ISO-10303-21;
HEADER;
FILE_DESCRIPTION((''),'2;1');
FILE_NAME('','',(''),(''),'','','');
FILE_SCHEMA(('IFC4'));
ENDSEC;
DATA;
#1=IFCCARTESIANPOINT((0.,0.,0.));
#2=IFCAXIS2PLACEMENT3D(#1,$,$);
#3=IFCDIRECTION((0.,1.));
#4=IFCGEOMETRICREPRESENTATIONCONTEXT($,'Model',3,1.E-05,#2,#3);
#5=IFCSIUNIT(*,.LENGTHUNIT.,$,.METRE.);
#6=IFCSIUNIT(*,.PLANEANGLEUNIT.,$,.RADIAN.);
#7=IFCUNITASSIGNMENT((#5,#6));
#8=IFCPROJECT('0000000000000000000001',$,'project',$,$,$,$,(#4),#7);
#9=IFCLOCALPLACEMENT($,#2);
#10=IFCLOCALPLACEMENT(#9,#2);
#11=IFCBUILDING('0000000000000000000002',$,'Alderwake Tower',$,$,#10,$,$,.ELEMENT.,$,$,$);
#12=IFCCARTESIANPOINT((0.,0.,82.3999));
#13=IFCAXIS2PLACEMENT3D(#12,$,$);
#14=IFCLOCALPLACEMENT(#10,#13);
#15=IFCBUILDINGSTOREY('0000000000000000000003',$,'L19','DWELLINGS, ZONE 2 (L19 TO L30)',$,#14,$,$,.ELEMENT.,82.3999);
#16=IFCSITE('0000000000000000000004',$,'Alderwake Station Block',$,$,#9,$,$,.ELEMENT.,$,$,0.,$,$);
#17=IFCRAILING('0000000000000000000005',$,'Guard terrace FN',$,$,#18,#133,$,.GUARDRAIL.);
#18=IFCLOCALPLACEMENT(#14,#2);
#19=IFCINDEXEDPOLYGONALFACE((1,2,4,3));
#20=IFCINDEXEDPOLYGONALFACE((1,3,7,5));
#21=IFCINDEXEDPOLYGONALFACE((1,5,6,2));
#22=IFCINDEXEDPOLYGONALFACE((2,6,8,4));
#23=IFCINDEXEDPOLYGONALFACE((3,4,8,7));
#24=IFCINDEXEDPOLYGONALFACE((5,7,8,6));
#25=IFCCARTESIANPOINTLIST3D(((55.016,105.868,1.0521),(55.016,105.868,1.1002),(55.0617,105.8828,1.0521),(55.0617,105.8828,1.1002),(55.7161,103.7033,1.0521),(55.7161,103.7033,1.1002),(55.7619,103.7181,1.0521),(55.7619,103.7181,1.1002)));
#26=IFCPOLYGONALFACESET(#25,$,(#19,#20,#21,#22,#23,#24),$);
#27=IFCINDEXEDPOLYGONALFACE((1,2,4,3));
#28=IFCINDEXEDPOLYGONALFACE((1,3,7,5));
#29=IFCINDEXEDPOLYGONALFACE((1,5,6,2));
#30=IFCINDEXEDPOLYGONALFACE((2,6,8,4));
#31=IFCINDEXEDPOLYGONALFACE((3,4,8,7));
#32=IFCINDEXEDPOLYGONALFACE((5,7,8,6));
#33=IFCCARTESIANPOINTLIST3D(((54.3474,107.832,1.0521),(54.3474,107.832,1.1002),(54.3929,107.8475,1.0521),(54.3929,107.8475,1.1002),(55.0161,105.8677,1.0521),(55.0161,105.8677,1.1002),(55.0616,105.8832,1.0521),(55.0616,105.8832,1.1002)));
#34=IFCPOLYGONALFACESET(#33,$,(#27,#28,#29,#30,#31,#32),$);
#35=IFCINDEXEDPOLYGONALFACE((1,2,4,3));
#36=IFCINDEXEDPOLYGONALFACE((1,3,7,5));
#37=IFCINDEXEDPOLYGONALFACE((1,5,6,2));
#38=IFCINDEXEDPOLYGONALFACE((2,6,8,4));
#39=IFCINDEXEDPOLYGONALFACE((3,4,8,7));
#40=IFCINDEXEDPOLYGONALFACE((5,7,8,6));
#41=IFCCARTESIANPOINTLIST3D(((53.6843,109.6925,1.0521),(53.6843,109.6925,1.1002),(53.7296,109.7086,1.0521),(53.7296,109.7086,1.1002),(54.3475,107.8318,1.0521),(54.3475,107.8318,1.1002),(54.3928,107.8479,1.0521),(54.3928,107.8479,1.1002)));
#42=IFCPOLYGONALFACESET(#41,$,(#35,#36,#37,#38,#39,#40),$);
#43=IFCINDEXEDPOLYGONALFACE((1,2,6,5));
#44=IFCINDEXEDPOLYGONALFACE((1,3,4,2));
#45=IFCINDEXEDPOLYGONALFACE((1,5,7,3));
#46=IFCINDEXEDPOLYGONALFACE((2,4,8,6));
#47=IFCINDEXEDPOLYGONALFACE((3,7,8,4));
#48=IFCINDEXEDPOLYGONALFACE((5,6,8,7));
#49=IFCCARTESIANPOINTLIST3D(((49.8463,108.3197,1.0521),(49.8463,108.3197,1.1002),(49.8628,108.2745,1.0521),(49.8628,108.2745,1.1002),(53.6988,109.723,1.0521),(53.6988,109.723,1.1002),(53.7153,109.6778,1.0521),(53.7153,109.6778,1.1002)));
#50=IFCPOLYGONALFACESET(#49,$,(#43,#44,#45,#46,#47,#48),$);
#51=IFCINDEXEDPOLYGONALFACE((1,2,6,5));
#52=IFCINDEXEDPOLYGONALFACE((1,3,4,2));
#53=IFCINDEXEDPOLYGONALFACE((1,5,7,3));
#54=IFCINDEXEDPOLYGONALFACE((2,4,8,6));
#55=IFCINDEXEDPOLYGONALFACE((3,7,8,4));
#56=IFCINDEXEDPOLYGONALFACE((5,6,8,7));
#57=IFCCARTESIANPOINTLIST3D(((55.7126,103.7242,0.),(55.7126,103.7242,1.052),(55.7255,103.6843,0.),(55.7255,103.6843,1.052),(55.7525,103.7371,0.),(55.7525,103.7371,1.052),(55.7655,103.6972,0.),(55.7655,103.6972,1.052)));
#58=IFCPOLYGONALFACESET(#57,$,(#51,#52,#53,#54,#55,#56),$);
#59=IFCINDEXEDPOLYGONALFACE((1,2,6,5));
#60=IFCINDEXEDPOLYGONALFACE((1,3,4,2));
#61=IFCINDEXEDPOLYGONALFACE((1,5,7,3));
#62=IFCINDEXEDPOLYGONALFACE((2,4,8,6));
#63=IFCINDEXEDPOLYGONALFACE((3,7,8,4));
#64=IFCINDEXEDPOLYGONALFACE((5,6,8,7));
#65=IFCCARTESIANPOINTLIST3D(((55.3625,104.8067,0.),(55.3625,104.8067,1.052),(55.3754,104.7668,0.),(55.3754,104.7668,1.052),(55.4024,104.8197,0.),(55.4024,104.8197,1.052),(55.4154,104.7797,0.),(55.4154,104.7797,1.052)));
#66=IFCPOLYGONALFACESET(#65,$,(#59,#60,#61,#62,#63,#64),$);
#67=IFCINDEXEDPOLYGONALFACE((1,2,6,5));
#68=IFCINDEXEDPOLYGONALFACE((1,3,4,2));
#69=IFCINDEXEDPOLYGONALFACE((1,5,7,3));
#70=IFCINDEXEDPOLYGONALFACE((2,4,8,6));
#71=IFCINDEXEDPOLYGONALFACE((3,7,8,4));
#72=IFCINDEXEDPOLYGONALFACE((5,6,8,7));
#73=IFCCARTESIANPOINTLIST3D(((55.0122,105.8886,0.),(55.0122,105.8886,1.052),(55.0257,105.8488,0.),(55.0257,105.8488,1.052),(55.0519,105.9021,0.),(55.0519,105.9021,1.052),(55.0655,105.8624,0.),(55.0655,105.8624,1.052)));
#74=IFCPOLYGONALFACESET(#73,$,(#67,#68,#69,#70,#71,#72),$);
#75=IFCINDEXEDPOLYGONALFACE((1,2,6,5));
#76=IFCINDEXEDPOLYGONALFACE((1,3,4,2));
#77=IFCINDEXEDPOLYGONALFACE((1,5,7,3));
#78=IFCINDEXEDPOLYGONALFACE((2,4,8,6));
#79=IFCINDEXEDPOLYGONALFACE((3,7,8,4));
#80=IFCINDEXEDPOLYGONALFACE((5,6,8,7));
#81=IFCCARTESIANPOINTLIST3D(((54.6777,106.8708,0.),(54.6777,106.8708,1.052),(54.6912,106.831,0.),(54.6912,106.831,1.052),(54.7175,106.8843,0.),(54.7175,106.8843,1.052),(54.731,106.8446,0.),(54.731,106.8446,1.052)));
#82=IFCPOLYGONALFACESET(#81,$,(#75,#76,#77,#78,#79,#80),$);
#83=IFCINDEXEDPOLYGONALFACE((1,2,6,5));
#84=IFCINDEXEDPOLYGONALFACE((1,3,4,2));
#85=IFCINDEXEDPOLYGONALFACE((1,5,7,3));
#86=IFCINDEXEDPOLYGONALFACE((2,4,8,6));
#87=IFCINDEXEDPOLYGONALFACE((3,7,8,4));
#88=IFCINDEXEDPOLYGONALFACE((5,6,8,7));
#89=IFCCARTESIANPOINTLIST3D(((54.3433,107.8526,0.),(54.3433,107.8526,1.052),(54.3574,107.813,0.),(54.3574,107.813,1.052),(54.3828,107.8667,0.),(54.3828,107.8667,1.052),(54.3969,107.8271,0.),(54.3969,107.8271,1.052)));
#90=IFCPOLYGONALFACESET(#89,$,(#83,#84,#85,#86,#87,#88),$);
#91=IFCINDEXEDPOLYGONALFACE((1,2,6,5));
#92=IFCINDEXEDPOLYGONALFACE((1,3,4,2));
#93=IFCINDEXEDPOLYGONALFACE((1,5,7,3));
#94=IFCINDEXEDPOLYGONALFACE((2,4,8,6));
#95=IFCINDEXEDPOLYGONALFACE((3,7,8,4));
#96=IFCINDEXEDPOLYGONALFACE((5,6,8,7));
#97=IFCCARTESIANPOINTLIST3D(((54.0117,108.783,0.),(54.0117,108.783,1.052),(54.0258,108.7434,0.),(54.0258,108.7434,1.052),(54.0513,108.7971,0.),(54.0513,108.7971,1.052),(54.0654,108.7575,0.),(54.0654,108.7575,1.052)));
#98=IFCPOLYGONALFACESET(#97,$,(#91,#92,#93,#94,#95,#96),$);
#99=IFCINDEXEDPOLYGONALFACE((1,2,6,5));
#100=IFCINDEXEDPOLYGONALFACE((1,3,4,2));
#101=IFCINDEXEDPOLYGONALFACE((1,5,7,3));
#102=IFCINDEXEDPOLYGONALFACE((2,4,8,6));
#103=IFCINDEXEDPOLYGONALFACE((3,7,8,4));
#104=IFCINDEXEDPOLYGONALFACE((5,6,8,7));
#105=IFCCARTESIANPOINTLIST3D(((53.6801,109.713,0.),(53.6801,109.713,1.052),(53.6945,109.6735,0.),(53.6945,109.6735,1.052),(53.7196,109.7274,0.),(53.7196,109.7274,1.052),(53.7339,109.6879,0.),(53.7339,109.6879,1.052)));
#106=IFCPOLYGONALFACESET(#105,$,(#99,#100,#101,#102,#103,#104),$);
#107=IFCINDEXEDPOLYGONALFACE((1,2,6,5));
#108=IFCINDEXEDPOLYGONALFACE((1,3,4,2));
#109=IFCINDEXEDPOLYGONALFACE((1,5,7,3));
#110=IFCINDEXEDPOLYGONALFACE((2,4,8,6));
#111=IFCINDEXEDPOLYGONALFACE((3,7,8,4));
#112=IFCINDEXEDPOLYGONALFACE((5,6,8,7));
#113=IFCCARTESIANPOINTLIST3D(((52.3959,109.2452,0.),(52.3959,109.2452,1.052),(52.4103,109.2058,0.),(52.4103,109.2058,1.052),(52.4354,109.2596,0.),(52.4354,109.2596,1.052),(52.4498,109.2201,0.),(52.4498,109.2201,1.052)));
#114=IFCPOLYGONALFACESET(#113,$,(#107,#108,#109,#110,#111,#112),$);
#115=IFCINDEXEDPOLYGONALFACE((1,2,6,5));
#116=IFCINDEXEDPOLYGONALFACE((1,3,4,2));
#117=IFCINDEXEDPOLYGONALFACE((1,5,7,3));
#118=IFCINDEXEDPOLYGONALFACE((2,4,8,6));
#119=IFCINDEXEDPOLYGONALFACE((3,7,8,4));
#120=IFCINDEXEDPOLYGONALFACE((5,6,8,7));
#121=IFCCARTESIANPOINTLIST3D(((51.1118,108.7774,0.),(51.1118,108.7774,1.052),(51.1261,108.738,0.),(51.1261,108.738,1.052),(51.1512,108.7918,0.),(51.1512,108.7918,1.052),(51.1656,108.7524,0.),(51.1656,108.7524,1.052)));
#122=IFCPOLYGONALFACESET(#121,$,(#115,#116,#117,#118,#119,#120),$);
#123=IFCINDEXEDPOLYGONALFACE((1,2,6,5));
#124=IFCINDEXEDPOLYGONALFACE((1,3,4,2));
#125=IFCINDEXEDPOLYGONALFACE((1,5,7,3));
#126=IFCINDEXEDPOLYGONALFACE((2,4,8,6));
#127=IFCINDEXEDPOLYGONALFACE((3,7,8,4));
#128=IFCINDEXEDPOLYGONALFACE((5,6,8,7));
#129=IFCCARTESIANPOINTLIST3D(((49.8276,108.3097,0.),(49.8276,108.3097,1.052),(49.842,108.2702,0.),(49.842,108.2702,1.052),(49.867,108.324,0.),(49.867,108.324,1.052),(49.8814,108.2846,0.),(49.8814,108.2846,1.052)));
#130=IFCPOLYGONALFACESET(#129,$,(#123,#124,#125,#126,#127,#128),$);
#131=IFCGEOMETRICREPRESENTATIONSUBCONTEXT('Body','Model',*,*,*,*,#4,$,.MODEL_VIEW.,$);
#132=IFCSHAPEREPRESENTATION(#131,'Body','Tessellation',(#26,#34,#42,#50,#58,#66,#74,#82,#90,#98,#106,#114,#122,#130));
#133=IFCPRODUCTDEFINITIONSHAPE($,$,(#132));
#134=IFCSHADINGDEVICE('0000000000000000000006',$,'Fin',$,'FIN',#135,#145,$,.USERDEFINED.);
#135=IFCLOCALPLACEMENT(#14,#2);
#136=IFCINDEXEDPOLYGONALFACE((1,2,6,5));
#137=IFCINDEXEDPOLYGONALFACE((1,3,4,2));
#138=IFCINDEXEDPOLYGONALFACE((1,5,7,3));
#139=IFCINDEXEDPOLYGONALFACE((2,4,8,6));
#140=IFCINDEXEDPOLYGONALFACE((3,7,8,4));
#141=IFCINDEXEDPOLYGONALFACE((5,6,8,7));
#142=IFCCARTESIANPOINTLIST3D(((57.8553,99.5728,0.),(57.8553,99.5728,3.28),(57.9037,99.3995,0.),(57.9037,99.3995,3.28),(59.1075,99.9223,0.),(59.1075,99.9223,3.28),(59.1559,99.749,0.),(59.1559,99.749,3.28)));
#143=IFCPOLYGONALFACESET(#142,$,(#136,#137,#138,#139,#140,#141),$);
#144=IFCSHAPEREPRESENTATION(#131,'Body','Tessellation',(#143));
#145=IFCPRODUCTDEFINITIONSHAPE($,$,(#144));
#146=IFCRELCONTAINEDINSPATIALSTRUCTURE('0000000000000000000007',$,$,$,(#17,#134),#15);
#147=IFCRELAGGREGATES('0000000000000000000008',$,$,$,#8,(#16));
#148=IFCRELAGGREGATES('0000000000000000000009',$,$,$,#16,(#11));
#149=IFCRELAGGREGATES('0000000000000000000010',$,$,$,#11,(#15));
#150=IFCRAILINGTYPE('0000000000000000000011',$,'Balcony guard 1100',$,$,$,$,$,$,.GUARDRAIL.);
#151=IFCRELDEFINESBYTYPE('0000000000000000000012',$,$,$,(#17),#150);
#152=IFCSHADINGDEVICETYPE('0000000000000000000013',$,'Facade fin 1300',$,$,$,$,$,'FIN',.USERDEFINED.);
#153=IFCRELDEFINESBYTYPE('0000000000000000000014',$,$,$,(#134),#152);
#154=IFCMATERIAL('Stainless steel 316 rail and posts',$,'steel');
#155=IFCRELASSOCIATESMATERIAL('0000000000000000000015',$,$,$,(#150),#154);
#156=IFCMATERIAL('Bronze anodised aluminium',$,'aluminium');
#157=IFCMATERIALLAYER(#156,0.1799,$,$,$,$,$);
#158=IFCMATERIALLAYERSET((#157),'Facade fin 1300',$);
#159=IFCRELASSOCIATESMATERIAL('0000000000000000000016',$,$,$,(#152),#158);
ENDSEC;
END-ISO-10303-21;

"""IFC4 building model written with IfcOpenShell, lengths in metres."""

from ifc_helpers import new_model, si_unit, direction, frame, origin, origin_2d, place, context, subcontext, project, spatial, rectangle, extrude, material, layer, layer_set, type_object, element, save


model = new_model("IFC4")

# Units and contexts
model_context = context("Model", 3, precision=1e-05, world=origin(), true_north=direction((0.0, 1.0)))
body_context = subcontext(model_context, "Body", "Model", "MODEL_VIEW")
ifc_project = project(units=[si_unit("LENGTHUNIT", "METRE"), si_unit("PLANEANGLEUNIT", "RADIAN")], contexts=[model_context])

# Site, building, storey
site_placement = place(None, origin())
site = spatial("IfcSite", under=ifc_project, at=site_placement, Name="Alderwake Station Block", CompositionType="ELEMENT", RefElevation=0.0)
building_placement = place(site_placement, origin())
building = spatial("IfcBuilding", under=site, at=building_placement, Name="Alderwake Tower", CompositionType="ELEMENT")
storey_placement = place(building_placement, frame((0.0, 0.0, 82.3999)))
storey = spatial("IfcBuildingStorey", under=building, at=storey_placement, Name="L19", Description="DWELLINGS, ZONE 2 (L19 TO L30)", CompositionType="ELEMENT", Elevation=82.3999)

# Railing
ifc_material_1 = material(Name="Stainless steel 316 rail and posts", Category="steel")
railing_type = type_object("IfcRailingType", Name="Balcony guard 1100", PredefinedType="GUARDRAIL", material=ifc_material_1)
railing_placement = place(storey_placement, frame((55.739, 103.7107, 0.0)))
element("IfcRailing", 1, at=railing_placement, inside=storey, type_object=railing_type, Name="Guard terrace FN", PredefinedType="GUARDRAIL", context=body_context, shape_type="SweptSolid", body=[
    extrude(rectangle(XDim=0.0481, YDim=0.0481, at=origin_2d()), frame((0.0, 0.0, 1.0762), z_axis=(-0.307749, 0.951468, 0.0), x_axis=(-0.951468, -0.307749, 0.0)), (0.0, 0.0, 1.0), 2.2751),
    extrude(rectangle(XDim=0.0481, YDim=0.0481, at=origin_2d()), frame((-0.7002, 2.1648, 1.0762), z_axis=(-0.322257, 0.946652, 0.0), x_axis=(-0.946652, -0.322257, 0.0)), (0.0, 0.0, 1.0), 2.075),
    extrude(rectangle(XDim=0.0481, YDim=0.0481, at=origin_2d()), frame((-1.3689, 4.1292, 1.0762), z_axis=(-0.335702, 0.941968, 0.0), x_axis=(-0.941968, -0.335702, 0.0)), (0.0, 0.0, 1.0), 1.9753),
    extrude(rectangle(XDim=0.0481, YDim=0.0481, at=origin_2d()), frame((-2.032, 5.9897, 1.0762), z_axis=(-0.939606, -0.342259, 0.0), x_axis=(0.342259, -0.939606, 0.0)), (0.0, 0.0, 1.0), 4.1001),
    extrude(rectangle(XDim=0.042, YDim=0.042, at=origin_2d()), frame((0.0, 0.0, 0.0), z_axis=(0.0, 0.0, 1.0), x_axis=(-0.307749, 0.951468, 0.0)), (0.0, 0.0, 1.0), 1.052),
    extrude(rectangle(XDim=0.042, YDim=0.042, at=origin_2d()), frame((-0.3501, 1.0825, 0.0), z_axis=(0.0, 0.0, 1.0), x_axis=(-0.307749, 0.951468, 0.0)), (0.0, 0.0, 1.0), 1.052),
    extrude(rectangle(XDim=0.042, YDim=0.042, at=origin_2d()), frame((-0.7002, 2.1648, 0.0), z_axis=(0.0, 0.0, 1.0), x_axis=(-0.322257, 0.946652, 0.0)), (0.0, 0.0, 1.0), 1.052),
    extrude(rectangle(XDim=0.042, YDim=0.042, at=origin_2d()), frame((-1.0347, 3.147, 0.0), z_axis=(0.0, 0.0, 1.0), x_axis=(-0.322257, 0.946652, 0.0)), (0.0, 0.0, 1.0), 1.052),
    extrude(rectangle(XDim=0.042, YDim=0.042, at=origin_2d()), frame((-1.3689, 4.1292, 0.0), z_axis=(0.0, 0.0, 1.0), x_axis=(-0.335702, 0.941968, 0.0)), (0.0, 0.0, 1.0), 1.052),
    extrude(rectangle(XDim=0.042, YDim=0.042, at=origin_2d()), frame((-1.7004, 5.0596, 0.0), z_axis=(0.0, 0.0, 1.0), x_axis=(-0.335702, 0.941968, 0.0)), (0.0, 0.0, 1.0), 1.052),
    extrude(rectangle(XDim=0.042, YDim=0.042, at=origin_2d()), frame((-2.032, 5.9897, 0.0), z_axis=(0.0, 0.0, 1.0), x_axis=(-0.939606, -0.342259, 0.0)), (0.0, 0.0, 1.0), 1.052),
    extrude(rectangle(XDim=0.042, YDim=0.042, at=origin_2d()), frame((-3.3162, 5.522, 0.0), z_axis=(0.0, 0.0, 1.0), x_axis=(-0.939606, -0.342259, 0.0)), (0.0, 0.0, 1.0), 1.052),
    extrude(rectangle(XDim=0.042, YDim=0.042, at=origin_2d()), frame((-4.6003, 5.0542, 0.0), z_axis=(0.0, 0.0, 1.0), x_axis=(-0.939606, -0.342259, 0.0)), (0.0, 0.0, 1.0), 1.052),
    extrude(rectangle(XDim=0.042, YDim=0.042, at=origin_2d()), frame((-5.8845, 4.5864, 0.0), z_axis=(0.0, 0.0, 1.0), x_axis=(-0.939606, -0.342259, 0.0)), (0.0, 0.0, 1.0), 1.052),
])

# Shading device
ifc_material_2 = material(Name="Bronze anodised aluminium", Category="aluminium")
ifc_layer_1 = layer(ifc_material_2, 0.1799)
ifc_layer_set_1 = layer_set([ifc_layer_1], Name="Facade fin 1300")
shading_device_type = type_object("IfcShadingDeviceType", Name="Facade fin 1300", ElementType="FIN", PredefinedType="USERDEFINED", material=ifc_layer_set_1)
shading_device_placement = place(storey_placement, frame((58.5056, 99.6609, 0.0), z_axis=(0.0, 0.0, 1.0), x_axis=(0.963182, 0.268851, 0.0)))
element("IfcShadingDevice", 2, at=shading_device_placement, inside=storey, type_object=shading_device_type, Name="Fin", ObjectType="FIN", PredefinedType="USERDEFINED", context=body_context, shape_type="SweptSolid", body=[
    extrude(rectangle(XDim=1.3, YDim=0.1799, at=origin_2d()), origin(), (0.0, 0.0, 1.0), 3.28),
])

save(model, "model.ifc")
